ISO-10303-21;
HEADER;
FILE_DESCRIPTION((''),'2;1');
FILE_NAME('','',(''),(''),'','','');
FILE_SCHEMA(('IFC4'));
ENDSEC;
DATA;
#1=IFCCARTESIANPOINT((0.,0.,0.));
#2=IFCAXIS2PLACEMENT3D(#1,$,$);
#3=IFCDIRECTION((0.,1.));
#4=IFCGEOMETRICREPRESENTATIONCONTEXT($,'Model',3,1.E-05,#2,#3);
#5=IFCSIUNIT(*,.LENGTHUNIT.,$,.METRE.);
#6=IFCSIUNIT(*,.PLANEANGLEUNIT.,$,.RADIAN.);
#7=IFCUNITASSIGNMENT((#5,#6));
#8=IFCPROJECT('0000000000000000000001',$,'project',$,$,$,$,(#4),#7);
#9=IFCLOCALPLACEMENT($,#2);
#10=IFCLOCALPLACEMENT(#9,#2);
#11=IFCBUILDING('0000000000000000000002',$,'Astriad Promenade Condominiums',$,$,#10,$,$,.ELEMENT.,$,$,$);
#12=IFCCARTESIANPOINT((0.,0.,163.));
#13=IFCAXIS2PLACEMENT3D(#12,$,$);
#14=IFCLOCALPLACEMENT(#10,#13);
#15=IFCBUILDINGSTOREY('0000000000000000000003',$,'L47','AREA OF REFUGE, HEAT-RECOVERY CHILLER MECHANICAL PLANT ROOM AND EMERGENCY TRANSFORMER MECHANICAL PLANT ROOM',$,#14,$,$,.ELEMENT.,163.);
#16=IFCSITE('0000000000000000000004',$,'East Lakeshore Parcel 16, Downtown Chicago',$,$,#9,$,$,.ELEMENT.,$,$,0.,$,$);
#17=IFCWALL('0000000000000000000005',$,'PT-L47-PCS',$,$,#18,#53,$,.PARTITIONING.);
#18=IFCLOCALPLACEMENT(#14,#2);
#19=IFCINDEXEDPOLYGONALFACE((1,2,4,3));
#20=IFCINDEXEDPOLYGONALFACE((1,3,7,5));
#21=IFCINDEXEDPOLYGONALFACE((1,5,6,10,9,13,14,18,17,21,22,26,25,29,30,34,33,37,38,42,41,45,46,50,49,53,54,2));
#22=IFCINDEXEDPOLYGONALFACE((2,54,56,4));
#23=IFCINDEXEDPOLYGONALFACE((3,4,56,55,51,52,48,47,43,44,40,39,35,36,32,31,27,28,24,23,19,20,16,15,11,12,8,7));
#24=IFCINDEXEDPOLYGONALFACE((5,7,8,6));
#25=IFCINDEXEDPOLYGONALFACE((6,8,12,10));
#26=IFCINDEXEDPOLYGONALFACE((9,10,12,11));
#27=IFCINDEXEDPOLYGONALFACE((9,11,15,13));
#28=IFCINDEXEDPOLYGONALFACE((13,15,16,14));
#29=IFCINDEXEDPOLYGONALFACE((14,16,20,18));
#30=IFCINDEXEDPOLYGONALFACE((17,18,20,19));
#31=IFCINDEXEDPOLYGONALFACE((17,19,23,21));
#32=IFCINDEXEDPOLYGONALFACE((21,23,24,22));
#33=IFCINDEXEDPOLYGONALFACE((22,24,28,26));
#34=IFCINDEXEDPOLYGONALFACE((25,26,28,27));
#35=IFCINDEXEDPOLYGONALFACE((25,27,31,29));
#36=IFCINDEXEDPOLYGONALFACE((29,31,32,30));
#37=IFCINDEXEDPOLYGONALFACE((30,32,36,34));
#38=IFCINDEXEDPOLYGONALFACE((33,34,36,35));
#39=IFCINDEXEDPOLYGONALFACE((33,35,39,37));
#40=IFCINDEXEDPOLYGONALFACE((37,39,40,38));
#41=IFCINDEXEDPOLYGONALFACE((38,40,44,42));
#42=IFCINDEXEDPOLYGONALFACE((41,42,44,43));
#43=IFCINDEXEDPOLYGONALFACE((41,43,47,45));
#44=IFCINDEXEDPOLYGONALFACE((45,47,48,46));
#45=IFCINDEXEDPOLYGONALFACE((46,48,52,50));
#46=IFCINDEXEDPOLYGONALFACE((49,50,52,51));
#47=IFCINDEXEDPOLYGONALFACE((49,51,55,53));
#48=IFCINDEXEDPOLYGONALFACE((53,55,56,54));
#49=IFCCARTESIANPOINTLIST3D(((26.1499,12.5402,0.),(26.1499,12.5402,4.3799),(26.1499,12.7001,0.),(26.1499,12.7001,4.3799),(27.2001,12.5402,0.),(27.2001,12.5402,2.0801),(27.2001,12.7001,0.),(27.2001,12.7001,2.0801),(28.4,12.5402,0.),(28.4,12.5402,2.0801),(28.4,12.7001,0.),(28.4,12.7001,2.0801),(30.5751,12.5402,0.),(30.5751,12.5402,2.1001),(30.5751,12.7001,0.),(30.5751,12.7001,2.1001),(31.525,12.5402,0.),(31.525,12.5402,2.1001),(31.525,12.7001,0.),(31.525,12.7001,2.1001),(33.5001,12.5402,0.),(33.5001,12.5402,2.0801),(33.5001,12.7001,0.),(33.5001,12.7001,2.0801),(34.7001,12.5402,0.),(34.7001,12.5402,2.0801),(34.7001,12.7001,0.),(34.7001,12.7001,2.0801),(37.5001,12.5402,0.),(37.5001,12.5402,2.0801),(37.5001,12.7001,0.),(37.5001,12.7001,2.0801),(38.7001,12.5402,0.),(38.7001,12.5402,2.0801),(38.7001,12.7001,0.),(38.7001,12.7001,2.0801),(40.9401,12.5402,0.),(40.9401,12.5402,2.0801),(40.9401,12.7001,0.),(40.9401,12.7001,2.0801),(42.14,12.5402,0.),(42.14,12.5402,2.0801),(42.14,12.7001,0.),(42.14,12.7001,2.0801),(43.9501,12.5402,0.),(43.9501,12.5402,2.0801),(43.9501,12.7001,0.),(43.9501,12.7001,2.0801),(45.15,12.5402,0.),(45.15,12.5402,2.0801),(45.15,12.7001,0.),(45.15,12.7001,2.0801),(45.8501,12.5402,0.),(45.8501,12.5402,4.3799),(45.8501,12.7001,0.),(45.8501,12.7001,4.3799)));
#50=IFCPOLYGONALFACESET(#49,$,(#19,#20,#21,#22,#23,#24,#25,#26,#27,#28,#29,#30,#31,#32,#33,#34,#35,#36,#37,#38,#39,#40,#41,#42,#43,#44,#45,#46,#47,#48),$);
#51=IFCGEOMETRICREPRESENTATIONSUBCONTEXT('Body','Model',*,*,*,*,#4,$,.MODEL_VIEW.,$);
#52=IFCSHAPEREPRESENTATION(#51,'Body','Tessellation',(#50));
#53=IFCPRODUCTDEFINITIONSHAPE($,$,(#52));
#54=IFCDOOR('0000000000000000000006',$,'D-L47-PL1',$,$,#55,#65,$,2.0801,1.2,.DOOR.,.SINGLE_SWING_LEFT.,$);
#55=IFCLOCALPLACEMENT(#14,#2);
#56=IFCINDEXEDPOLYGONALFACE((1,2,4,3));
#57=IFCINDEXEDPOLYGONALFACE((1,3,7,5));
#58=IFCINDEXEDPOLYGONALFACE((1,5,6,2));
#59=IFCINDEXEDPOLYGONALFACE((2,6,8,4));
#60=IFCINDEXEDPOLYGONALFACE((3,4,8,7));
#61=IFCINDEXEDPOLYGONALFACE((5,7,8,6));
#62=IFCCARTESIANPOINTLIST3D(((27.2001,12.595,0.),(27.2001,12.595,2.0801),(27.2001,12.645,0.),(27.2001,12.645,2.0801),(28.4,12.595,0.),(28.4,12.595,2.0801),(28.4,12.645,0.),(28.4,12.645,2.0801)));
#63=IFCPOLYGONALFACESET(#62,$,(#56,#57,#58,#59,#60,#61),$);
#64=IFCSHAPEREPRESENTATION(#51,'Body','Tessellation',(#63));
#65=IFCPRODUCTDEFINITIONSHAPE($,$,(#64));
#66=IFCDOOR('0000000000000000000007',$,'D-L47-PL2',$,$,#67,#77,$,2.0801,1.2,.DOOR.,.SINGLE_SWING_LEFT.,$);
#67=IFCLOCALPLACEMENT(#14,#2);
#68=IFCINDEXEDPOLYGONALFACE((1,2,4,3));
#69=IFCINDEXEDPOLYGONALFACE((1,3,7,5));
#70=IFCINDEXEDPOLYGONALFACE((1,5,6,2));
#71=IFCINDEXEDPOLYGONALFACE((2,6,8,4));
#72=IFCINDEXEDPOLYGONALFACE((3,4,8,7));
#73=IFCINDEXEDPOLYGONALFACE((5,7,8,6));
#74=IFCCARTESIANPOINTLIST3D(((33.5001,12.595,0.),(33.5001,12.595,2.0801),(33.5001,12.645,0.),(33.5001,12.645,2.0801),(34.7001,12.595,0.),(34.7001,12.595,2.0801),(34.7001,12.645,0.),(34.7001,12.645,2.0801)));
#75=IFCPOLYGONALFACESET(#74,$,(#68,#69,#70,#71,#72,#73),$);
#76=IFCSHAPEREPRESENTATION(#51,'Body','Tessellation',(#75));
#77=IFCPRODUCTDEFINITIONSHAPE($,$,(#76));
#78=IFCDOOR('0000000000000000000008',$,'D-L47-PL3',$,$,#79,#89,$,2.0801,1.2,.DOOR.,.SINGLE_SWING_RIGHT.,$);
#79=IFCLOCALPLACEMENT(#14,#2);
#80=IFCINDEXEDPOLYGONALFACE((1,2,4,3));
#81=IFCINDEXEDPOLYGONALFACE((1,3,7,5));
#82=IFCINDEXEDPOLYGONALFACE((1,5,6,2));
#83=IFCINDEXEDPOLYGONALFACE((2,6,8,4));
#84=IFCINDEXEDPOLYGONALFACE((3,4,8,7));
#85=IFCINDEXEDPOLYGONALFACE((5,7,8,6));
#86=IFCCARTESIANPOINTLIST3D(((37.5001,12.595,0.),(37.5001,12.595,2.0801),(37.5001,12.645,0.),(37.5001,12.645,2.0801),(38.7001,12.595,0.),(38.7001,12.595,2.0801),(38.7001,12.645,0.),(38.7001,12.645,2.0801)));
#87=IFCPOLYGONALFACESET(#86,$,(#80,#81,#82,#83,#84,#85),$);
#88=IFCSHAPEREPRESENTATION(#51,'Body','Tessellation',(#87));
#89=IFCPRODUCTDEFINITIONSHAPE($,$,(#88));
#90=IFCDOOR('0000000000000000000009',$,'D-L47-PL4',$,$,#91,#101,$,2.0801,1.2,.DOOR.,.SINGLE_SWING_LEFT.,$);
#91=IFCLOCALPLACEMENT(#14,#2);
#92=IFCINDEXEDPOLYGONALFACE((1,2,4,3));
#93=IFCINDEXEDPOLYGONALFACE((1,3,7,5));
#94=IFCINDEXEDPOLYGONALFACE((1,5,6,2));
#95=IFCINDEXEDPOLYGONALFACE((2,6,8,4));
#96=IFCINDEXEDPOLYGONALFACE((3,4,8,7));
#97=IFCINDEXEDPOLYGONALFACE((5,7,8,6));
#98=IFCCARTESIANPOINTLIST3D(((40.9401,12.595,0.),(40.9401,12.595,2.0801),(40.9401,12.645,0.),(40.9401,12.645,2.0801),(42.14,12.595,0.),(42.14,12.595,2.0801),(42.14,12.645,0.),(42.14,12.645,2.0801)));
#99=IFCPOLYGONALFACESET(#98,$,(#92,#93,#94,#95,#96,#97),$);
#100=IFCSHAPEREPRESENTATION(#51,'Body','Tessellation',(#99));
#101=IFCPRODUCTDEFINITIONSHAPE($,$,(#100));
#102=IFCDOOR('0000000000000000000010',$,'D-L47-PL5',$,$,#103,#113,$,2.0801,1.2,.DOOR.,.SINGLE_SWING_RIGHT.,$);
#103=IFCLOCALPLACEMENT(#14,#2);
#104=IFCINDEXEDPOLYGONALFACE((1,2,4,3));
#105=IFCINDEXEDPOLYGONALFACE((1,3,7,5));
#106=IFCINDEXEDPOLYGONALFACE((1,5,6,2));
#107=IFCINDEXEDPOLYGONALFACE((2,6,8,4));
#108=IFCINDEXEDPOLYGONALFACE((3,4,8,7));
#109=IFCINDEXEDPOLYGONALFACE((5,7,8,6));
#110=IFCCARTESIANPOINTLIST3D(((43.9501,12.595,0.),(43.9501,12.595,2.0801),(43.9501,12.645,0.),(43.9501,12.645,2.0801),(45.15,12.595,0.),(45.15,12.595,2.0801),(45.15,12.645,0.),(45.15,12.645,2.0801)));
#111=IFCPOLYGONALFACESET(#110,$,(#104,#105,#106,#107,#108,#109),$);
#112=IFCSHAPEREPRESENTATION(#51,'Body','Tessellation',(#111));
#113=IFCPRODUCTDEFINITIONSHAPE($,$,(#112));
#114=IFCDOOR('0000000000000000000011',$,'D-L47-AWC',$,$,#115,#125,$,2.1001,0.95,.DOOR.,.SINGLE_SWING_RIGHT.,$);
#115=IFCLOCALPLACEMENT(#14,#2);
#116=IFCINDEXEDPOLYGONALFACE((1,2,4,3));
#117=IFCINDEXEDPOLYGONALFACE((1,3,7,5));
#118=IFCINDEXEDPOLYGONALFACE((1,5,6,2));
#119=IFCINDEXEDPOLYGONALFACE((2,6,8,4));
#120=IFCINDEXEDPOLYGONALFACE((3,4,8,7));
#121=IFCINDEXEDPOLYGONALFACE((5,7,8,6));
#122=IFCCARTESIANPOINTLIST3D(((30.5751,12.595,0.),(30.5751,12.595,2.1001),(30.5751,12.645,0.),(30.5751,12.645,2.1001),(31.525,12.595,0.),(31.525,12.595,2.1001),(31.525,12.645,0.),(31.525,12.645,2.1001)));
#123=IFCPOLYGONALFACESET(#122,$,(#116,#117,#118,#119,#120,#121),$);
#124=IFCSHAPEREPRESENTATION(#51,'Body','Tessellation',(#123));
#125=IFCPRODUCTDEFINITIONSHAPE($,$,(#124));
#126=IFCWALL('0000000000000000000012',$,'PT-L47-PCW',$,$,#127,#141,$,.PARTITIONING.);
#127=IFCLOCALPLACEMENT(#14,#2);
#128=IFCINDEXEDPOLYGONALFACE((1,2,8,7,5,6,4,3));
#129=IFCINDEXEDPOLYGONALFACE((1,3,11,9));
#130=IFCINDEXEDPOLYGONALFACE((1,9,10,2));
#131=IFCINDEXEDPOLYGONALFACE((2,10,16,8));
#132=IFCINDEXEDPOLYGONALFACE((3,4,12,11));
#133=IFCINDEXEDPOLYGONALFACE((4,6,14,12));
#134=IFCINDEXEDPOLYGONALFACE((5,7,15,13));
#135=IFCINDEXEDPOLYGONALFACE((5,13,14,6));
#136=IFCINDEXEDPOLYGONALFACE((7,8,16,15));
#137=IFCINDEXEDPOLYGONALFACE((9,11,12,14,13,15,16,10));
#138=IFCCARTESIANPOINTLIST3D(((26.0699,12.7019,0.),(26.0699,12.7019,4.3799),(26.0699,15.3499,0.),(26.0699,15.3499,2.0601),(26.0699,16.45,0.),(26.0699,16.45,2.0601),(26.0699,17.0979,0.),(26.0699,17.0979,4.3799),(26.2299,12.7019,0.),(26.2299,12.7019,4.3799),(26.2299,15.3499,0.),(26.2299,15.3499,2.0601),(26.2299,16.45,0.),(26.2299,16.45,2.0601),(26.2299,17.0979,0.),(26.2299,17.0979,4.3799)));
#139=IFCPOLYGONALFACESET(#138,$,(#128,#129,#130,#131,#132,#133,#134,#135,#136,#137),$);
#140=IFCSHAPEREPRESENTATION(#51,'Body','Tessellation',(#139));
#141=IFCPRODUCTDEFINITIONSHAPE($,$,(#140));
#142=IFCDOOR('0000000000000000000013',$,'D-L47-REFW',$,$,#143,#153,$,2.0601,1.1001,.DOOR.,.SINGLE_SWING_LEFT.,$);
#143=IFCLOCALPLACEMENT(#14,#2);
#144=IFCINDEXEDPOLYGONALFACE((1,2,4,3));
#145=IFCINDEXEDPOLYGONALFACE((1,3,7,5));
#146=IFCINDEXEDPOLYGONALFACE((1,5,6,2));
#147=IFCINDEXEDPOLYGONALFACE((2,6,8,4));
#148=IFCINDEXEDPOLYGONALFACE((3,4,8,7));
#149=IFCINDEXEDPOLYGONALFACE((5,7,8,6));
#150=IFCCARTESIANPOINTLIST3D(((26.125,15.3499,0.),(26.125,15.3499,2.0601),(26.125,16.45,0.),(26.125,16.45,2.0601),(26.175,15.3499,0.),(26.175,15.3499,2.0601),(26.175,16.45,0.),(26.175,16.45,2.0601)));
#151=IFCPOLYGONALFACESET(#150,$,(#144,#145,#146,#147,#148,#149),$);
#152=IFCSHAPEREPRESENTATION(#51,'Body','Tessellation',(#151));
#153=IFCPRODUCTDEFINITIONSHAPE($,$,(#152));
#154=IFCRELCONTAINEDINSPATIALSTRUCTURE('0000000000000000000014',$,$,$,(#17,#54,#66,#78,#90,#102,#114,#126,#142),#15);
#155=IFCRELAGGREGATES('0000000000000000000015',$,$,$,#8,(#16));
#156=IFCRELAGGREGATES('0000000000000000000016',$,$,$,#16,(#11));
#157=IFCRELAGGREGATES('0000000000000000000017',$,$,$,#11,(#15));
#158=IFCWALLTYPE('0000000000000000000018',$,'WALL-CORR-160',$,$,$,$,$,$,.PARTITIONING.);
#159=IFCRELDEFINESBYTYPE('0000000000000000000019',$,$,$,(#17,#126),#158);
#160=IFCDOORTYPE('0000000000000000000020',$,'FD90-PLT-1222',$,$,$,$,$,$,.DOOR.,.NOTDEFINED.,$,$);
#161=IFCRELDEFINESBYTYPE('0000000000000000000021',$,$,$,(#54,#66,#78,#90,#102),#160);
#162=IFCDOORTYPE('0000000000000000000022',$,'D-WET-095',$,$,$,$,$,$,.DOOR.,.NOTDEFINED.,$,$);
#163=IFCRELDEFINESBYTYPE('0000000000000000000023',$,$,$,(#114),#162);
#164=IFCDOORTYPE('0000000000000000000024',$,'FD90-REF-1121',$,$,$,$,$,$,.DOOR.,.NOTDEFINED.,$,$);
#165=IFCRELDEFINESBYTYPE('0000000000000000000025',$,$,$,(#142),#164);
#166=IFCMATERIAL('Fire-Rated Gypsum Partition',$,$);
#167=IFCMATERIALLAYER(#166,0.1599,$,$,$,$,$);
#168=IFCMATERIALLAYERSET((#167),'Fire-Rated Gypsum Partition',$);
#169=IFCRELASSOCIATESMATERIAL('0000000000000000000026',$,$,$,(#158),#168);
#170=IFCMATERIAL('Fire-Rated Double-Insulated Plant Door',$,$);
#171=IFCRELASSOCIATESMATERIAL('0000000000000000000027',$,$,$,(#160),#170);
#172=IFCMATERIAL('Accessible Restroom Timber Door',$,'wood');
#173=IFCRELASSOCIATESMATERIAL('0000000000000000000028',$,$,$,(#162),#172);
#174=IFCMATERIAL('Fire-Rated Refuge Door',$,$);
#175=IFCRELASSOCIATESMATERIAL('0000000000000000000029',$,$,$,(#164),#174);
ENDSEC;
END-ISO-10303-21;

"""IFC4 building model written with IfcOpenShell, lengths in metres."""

from ifc_helpers import new_model, si_unit, direction, frame, frame_2d, origin, place, context, subcontext, project, spatial, rectangle, extrude, source, transform, mapped, material, layer, layer_set, type_object, type_shapes, element, fill, save


model = new_model("IFC4")

# Units and contexts
model_context = context("Model", 3, precision=1e-05, world=origin(), true_north=direction((0.0, 1.0)))
body_context = subcontext(model_context, "Body", "Model", "MODEL_VIEW")
ifc_project = project(units=[si_unit("LENGTHUNIT", "METRE"), si_unit("PLANEANGLEUNIT", "RADIAN")], contexts=[model_context])

# Site, building, storey
site_placement = place(None, origin())
site = spatial("IfcSite", under=ifc_project, at=site_placement, Name="East Lakeshore Parcel 16, Downtown Chicago", CompositionType="ELEMENT", RefElevation=0.0)
building_placement = place(site_placement, origin())
building = spatial("IfcBuilding", under=site, at=building_placement, Name="Astriad Promenade Condominiums", CompositionType="ELEMENT")
storey_placement = place(building_placement, frame((0.0, 0.0, 163.0)))
storey = spatial("IfcBuildingStorey", under=building, at=storey_placement, Name="L47", Description="AREA OF REFUGE, HEAT-RECOVERY CHILLER MECHANICAL PLANT ROOM AND EMERGENCY TRANSFORMER MECHANICAL PLANT ROOM", CompositionType="ELEMENT", Elevation=163.0)

# Shared definitions
ifc_material_1 = material(Name="Fire-Rated Gypsum Partition")
ifc_layer_1 = layer(ifc_material_1, 0.1599)
ifc_layer_set_1 = layer_set([ifc_layer_1], Name="Fire-Rated Gypsum Partition")
wall_type_1 = type_object("IfcWallType", Name="WALL-CORR-160", PredefinedType="PARTITIONING", material=ifc_layer_set_1)

# Wall, openings, doors
wall_1_placement = place(storey_placement, frame((26.1499, 12.6201, 0.0), z_axis=(0.0, 0.0, 1.0), x_axis=(1.0, 0.0, 0.0)))
wall_1 = element("IfcWall", 1, at=wall_1_placement, inside=storey, type_object=wall_type_1, Name="PT-L47-PCS", PredefinedType="PARTITIONING", context=body_context, shape_type="SweptSolid", body=[
    extrude(rectangle(XDim=19.7002, YDim=0.1599, at=frame_2d((9.8501, 0.0))), origin(), (0.0, 0.0, 1.0), 4.3799),
])
opening_1_placement = place(wall_1_placement, frame((1.05, 0.0, 0.0)))
opening_1 = element("IfcOpeningElement", 2, at=opening_1_placement, cuts=wall_1, PredefinedType="OPENING", context=body_context, shape_type="SweptSolid", body=[
    extrude(rectangle(XDim=1.2, YDim=2.0801, at=frame_2d((0.6001, 1.04))), frame((0.0, 0.0898, 0.0), z_axis=(0.0, -1.0, 0.0), x_axis=(1.0, 0.0, 0.0)), (0.0, 0.0, 1.0), 0.1799),
])
opening_2_placement = place(wall_1_placement, frame((4.425, 0.0, 0.0)))
opening_2 = element("IfcOpeningElement", 3, at=opening_2_placement, cuts=wall_1, PredefinedType="OPENING", context=body_context, shape_type="SweptSolid", body=[
    extrude(rectangle(XDim=0.95, YDim=2.1001, at=frame_2d((0.4751, 1.05))), frame((0.0, 0.0898, 0.0), z_axis=(0.0, -1.0, 0.0), x_axis=(1.0, 0.0, 0.0)), (0.0, 0.0, 1.0), 0.1799),
])
opening_3_placement = place(wall_1_placement, frame((7.3501, 0.0, 0.0)))
opening_3 = element("IfcOpeningElement", 4, at=opening_3_placement, cuts=wall_1, PredefinedType="OPENING", context=body_context, shape_type="SweptSolid", body=[
    extrude(rectangle(XDim=1.2, YDim=2.0801, at=frame_2d((0.6001, 1.04))), frame((0.0, 0.0898, 0.0), z_axis=(0.0, -1.0, 0.0), x_axis=(1.0, 0.0, 0.0)), (0.0, 0.0, 1.0), 0.1799),
])
opening_4_placement = place(wall_1_placement, frame((11.3501, 0.0, 0.0)))
opening_4 = element("IfcOpeningElement", 5, at=opening_4_placement, cuts=wall_1, PredefinedType="OPENING", context=body_context, shape_type="SweptSolid", body=[
    extrude(rectangle(XDim=1.2, YDim=2.0801, at=frame_2d((0.6001, 1.04))), frame((0.0, 0.0898, 0.0), z_axis=(0.0, -1.0, 0.0), x_axis=(1.0, 0.0, 0.0)), (0.0, 0.0, 1.0), 0.1799),
])
opening_5_placement = place(wall_1_placement, frame((14.79, 0.0, 0.0)))
opening_5 = element("IfcOpeningElement", 6, at=opening_5_placement, cuts=wall_1, PredefinedType="OPENING", context=body_context, shape_type="SweptSolid", body=[
    extrude(rectangle(XDim=1.2, YDim=2.0801, at=frame_2d((0.6001, 1.04))), frame((0.0, 0.0898, 0.0), z_axis=(0.0, -1.0, 0.0), x_axis=(1.0, 0.0, 0.0)), (0.0, 0.0, 1.0), 0.1799),
])
opening_6_placement = place(wall_1_placement, frame((17.8, 0.0, 0.0)))
opening_6 = element("IfcOpeningElement", 7, at=opening_6_placement, cuts=wall_1, PredefinedType="OPENING", context=body_context, shape_type="SweptSolid", body=[
    extrude(rectangle(XDim=1.2, YDim=2.0801, at=frame_2d((0.6001, 1.04))), frame((0.0, 0.0898, 0.0), z_axis=(0.0, -1.0, 0.0), x_axis=(1.0, 0.0, 0.0)), (0.0, 0.0, 1.0), 0.1799),
])
ifc_material_2 = material(Name="Fire-Rated Double-Insulated Plant Door")
door_type_1 = type_object("IfcDoorType", Name="FD90-PLT-1222", OperationType="NOTDEFINED", PredefinedType="DOOR", material=ifc_material_2)
shared_shape_1 = source(origin(), body_context, "Body", "SweptSolid", [
    extrude(rectangle(XDim=1.2, YDim=2.0801, at=frame_2d((0.6001, 1.04))), frame((0.0, 0.0249, 0.0), z_axis=(0.0, -1.0, 0.0), x_axis=(1.0, 0.0, 0.0)), (0.0, 0.0, 1.0), 0.05),
])
type_shapes(door_type_1, [shared_shape_1])
door_1_placement = place(opening_1_placement, origin())
door_1 = element("IfcDoor", 8, at=door_1_placement, inside=storey, type_object=door_type_1, Name="D-L47-PL1", OperationType="SINGLE_SWING_LEFT", OverallHeight=2.0801, OverallWidth=1.2, PredefinedType="DOOR", context=body_context, shape_type="MappedRepresentation", body=[
    mapped(shared_shape_1, transform((0.0, 0.0, 0.0), scale=1.0)),
])
fill(opening_1, door_1)
door_2_placement = place(opening_3_placement, origin())
door_2 = element("IfcDoor", 9, at=door_2_placement, inside=storey, type_object=door_type_1, Name="D-L47-PL2", OperationType="SINGLE_SWING_LEFT", OverallHeight=2.0801, OverallWidth=1.2, PredefinedType="DOOR", context=body_context, shape_type="MappedRepresentation", body=[
    mapped(shared_shape_1, transform((0.0, 0.0, 0.0), scale=1.0)),
])
fill(opening_3, door_2)
door_3_placement = place(opening_4_placement, origin())
door_3 = element("IfcDoor", 10, at=door_3_placement, inside=storey, type_object=door_type_1, Name="D-L47-PL3", OperationType="SINGLE_SWING_RIGHT", OverallHeight=2.0801, OverallWidth=1.2, PredefinedType="DOOR", context=body_context, shape_type="MappedRepresentation", body=[
    mapped(shared_shape_1, transform((0.0, 0.0, 0.0), scale=1.0)),
])
fill(opening_4, door_3)
door_4_placement = place(opening_5_placement, origin())
door_4 = element("IfcDoor", 11, at=door_4_placement, inside=storey, type_object=door_type_1, Name="D-L47-PL4", OperationType="SINGLE_SWING_LEFT", OverallHeight=2.0801, OverallWidth=1.2, PredefinedType="DOOR", context=body_context, shape_type="MappedRepresentation", body=[
    mapped(shared_shape_1, transform((0.0, 0.0, 0.0), scale=1.0)),
])
fill(opening_5, door_4)
door_5_placement = place(opening_6_placement, origin())
door_5 = element("IfcDoor", 12, at=door_5_placement, inside=storey, type_object=door_type_1, Name="D-L47-PL5", OperationType="SINGLE_SWING_RIGHT", OverallHeight=2.0801, OverallWidth=1.2, PredefinedType="DOOR", context=body_context, shape_type="MappedRepresentation", body=[
    mapped(shared_shape_1, transform((0.0, 0.0, 0.0), scale=1.0)),
])
fill(opening_6, door_5)
ifc_material_3 = material(Name="Accessible Restroom Timber Door", Category="wood")
door_type_2 = type_object("IfcDoorType", Name="D-WET-095", OperationType="NOTDEFINED", PredefinedType="DOOR", material=ifc_material_3)
shared_shape_2 = source(origin(), body_context, "Body", "SweptSolid", [
    extrude(rectangle(XDim=0.95, YDim=2.1001, at=frame_2d((0.4751, 1.05))), frame((0.0, 0.0249, 0.0), z_axis=(0.0, -1.0, 0.0), x_axis=(1.0, 0.0, 0.0)), (0.0, 0.0, 1.0), 0.05),
])
type_shapes(door_type_2, [shared_shape_2])
door_6_placement = place(opening_2_placement, origin())
door_6 = element("IfcDoor", 13, at=door_6_placement, inside=storey, type_object=door_type_2, Name="D-L47-AWC", OperationType="SINGLE_SWING_RIGHT", OverallHeight=2.1001, OverallWidth=0.95, PredefinedType="DOOR", context=body_context, shape_type="MappedRepresentation", body=[
    mapped(shared_shape_2, transform((0.0, 0.0, 0.0), scale=1.0)),
])
fill(opening_2, door_6)

# Wall, opening, door
wall_2_placement = place(storey_placement, frame((26.1499, 12.7019, 0.0), z_axis=(0.0, 0.0, 1.0), x_axis=(0.0, 1.0, 0.0)))
wall_2 = element("IfcWall", 14, at=wall_2_placement, inside=storey, type_object=wall_type_1, Name="PT-L47-PCW", PredefinedType="PARTITIONING", context=body_context, shape_type="SweptSolid", body=[
    extrude(rectangle(XDim=4.396, YDim=0.1599, at=frame_2d((2.198, 0.0))), origin(), (0.0, 0.0, 1.0), 4.3799),
])
opening_7_placement = place(wall_2_placement, frame((2.6479, 0.0, 0.0)))
opening_7 = element("IfcOpeningElement", 15, at=opening_7_placement, cuts=wall_2, PredefinedType="OPENING", context=body_context, shape_type="SweptSolid", body=[
    extrude(rectangle(XDim=1.1001, YDim=2.0601, at=frame_2d((0.55, 1.03))), frame((0.0, 0.0898, 0.0), z_axis=(0.0, -1.0, 0.0), x_axis=(1.0, 0.0, 0.0)), (0.0, 0.0, 1.0), 0.1799),
])
ifc_material_4 = material(Name="Fire-Rated Refuge Door")
door_type_3 = type_object("IfcDoorType", Name="FD90-REF-1121", OperationType="NOTDEFINED", PredefinedType="DOOR", material=ifc_material_4)
shared_shape_3 = source(origin(), body_context, "Body", "SweptSolid", [
    extrude(rectangle(XDim=1.1001, YDim=2.0601, at=frame_2d((0.55, 1.03))), frame((0.0, 0.0249, 0.0), z_axis=(0.0, -1.0, 0.0), x_axis=(1.0, 0.0, 0.0)), (0.0, 0.0, 1.0), 0.05),
])
type_shapes(door_type_3, [shared_shape_3])
door_7_placement = place(opening_7_placement, origin())
door_7 = element("IfcDoor", 16, at=door_7_placement, inside=storey, type_object=door_type_3, Name="D-L47-REFW", OperationType="SINGLE_SWING_LEFT", OverallHeight=2.0601, OverallWidth=1.1001, PredefinedType="DOOR", context=body_context, shape_type="MappedRepresentation", body=[
    mapped(shared_shape_3, transform((0.0, 0.0, 0.0), scale=1.0)),
])
fill(opening_7, door_7)

save(model, "model.ifc")
